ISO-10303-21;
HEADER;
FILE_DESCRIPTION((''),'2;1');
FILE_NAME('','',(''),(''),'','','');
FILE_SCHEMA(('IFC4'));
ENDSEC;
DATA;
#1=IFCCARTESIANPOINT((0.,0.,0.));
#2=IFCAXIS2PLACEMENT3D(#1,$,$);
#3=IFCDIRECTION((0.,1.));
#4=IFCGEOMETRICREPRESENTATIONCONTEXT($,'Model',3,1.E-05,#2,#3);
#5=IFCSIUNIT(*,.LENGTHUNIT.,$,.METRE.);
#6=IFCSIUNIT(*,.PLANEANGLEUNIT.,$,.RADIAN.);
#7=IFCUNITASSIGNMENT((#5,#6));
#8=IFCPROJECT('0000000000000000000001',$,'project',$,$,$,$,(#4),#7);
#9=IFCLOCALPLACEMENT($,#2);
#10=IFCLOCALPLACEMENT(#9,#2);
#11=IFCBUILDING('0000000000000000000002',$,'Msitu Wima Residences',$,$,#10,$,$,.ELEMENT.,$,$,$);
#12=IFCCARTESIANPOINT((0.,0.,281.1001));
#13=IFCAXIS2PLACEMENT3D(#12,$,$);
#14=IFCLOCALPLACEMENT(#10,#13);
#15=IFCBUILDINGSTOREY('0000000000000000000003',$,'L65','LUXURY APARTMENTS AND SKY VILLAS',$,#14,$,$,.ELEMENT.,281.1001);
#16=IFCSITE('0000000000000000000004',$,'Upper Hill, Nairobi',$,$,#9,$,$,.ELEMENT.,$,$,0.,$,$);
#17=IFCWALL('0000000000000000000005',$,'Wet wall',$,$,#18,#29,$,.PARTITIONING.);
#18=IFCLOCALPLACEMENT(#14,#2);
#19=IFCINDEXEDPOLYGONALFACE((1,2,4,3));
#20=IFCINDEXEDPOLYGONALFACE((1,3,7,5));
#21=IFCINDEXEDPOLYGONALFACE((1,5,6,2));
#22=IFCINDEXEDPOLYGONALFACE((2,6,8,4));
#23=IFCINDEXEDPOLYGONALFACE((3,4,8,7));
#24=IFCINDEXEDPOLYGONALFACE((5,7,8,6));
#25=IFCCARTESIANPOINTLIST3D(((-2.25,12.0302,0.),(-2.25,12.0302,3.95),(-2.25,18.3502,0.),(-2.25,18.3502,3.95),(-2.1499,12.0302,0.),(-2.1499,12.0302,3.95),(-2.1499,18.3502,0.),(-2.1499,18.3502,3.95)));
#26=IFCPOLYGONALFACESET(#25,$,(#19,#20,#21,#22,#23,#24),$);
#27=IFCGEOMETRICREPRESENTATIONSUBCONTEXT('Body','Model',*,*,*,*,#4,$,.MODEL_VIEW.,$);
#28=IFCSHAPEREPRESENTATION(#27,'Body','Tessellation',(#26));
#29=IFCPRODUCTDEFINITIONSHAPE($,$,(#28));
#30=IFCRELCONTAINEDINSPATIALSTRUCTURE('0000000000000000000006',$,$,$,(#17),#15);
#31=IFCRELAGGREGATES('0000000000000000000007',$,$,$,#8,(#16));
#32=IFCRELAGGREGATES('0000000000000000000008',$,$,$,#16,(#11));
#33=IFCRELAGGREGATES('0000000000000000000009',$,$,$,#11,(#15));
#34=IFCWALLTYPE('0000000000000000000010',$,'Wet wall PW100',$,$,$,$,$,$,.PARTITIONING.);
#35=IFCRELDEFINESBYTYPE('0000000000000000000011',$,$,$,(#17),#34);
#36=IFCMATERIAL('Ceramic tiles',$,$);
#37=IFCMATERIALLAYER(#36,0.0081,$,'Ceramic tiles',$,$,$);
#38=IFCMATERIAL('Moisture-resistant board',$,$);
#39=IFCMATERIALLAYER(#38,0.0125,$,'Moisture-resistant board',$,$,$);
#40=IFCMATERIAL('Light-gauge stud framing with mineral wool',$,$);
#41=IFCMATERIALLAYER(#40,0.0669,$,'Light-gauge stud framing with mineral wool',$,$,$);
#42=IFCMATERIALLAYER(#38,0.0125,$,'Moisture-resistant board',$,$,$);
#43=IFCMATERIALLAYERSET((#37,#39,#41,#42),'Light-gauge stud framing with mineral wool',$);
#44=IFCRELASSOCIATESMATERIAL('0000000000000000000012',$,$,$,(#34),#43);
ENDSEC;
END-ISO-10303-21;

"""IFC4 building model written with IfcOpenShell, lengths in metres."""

from ifc_helpers import new_model, si_unit, direction, frame, frame_2d, origin, place, context, subcontext, project, spatial, rectangle, extrude, material, layer, layer_set, type_object, element, save


model = new_model("IFC4")

# Units and contexts
model_context = context("Model", 3, precision=1e-05, world=origin(), true_north=direction((0.0, 1.0)))
body_context = subcontext(model_context, "Body", "Model", "MODEL_VIEW")
ifc_project = project(units=[si_unit("LENGTHUNIT", "METRE"), si_unit("PLANEANGLEUNIT", "RADIAN")], contexts=[model_context])

# Site, building, storey
site_placement = place(None, origin())
site = spatial("IfcSite", under=ifc_project, at=site_placement, Name="Upper Hill, Nairobi", CompositionType="ELEMENT", RefElevation=0.0)
building_placement = place(site_placement, origin())
building = spatial("IfcBuilding", under=site, at=building_placement, Name="Msitu Wima Residences", CompositionType="ELEMENT")
storey_placement = place(building_placement, frame((0.0, 0.0, 281.1001)))
storey = spatial("IfcBuildingStorey", under=building, at=storey_placement, Name="L65", Description="LUXURY APARTMENTS AND SKY VILLAS", CompositionType="ELEMENT", Elevation=281.1001)

# Shared definitions
ifc_material_1 = material(Name="Ceramic tiles")
ifc_layer_1 = layer(ifc_material_1, 0.0081, Name="Ceramic tiles")
ifc_material_2 = material(Name="Moisture-resistant board")
ifc_layer_2 = layer(ifc_material_2, 0.0125, Name="Moisture-resistant board")
ifc_material_3 = material(Name="Light-gauge stud framing with mineral wool")
ifc_layer_3 = layer(ifc_material_3, 0.0669, Name="Light-gauge stud framing with mineral wool")
ifc_layer_4 = layer(ifc_material_2, 0.0125, Name="Moisture-resistant board")
ifc_layer_set_1 = layer_set([ifc_layer_1, ifc_layer_2, ifc_layer_3, ifc_layer_4], Name="Light-gauge stud framing with mineral wool")
wall_type_1 = type_object("IfcWallType", Name="Wet wall PW100", PredefinedType="PARTITIONING", material=ifc_layer_set_1)

# Wall
wall_1_placement = place(storey_placement, frame((-2.2, 12.03, 0.0), z_axis=(0.0, 0.0, 1.0), x_axis=(0.0, 1.0, 0.0)))
element("IfcWall", 1, at=wall_1_placement, inside=storey, type_object=wall_type_1, Name="Wet wall", PredefinedType="PARTITIONING", context=body_context, shape_type="SweptSolid", body=[
    extrude(rectangle(XDim=6.3201, YDim=0.1001, at=frame_2d((3.1602, 0.0))), origin(), (0.0, 0.0, 1.0), 3.95),
])

save(model, "model.ifc")
